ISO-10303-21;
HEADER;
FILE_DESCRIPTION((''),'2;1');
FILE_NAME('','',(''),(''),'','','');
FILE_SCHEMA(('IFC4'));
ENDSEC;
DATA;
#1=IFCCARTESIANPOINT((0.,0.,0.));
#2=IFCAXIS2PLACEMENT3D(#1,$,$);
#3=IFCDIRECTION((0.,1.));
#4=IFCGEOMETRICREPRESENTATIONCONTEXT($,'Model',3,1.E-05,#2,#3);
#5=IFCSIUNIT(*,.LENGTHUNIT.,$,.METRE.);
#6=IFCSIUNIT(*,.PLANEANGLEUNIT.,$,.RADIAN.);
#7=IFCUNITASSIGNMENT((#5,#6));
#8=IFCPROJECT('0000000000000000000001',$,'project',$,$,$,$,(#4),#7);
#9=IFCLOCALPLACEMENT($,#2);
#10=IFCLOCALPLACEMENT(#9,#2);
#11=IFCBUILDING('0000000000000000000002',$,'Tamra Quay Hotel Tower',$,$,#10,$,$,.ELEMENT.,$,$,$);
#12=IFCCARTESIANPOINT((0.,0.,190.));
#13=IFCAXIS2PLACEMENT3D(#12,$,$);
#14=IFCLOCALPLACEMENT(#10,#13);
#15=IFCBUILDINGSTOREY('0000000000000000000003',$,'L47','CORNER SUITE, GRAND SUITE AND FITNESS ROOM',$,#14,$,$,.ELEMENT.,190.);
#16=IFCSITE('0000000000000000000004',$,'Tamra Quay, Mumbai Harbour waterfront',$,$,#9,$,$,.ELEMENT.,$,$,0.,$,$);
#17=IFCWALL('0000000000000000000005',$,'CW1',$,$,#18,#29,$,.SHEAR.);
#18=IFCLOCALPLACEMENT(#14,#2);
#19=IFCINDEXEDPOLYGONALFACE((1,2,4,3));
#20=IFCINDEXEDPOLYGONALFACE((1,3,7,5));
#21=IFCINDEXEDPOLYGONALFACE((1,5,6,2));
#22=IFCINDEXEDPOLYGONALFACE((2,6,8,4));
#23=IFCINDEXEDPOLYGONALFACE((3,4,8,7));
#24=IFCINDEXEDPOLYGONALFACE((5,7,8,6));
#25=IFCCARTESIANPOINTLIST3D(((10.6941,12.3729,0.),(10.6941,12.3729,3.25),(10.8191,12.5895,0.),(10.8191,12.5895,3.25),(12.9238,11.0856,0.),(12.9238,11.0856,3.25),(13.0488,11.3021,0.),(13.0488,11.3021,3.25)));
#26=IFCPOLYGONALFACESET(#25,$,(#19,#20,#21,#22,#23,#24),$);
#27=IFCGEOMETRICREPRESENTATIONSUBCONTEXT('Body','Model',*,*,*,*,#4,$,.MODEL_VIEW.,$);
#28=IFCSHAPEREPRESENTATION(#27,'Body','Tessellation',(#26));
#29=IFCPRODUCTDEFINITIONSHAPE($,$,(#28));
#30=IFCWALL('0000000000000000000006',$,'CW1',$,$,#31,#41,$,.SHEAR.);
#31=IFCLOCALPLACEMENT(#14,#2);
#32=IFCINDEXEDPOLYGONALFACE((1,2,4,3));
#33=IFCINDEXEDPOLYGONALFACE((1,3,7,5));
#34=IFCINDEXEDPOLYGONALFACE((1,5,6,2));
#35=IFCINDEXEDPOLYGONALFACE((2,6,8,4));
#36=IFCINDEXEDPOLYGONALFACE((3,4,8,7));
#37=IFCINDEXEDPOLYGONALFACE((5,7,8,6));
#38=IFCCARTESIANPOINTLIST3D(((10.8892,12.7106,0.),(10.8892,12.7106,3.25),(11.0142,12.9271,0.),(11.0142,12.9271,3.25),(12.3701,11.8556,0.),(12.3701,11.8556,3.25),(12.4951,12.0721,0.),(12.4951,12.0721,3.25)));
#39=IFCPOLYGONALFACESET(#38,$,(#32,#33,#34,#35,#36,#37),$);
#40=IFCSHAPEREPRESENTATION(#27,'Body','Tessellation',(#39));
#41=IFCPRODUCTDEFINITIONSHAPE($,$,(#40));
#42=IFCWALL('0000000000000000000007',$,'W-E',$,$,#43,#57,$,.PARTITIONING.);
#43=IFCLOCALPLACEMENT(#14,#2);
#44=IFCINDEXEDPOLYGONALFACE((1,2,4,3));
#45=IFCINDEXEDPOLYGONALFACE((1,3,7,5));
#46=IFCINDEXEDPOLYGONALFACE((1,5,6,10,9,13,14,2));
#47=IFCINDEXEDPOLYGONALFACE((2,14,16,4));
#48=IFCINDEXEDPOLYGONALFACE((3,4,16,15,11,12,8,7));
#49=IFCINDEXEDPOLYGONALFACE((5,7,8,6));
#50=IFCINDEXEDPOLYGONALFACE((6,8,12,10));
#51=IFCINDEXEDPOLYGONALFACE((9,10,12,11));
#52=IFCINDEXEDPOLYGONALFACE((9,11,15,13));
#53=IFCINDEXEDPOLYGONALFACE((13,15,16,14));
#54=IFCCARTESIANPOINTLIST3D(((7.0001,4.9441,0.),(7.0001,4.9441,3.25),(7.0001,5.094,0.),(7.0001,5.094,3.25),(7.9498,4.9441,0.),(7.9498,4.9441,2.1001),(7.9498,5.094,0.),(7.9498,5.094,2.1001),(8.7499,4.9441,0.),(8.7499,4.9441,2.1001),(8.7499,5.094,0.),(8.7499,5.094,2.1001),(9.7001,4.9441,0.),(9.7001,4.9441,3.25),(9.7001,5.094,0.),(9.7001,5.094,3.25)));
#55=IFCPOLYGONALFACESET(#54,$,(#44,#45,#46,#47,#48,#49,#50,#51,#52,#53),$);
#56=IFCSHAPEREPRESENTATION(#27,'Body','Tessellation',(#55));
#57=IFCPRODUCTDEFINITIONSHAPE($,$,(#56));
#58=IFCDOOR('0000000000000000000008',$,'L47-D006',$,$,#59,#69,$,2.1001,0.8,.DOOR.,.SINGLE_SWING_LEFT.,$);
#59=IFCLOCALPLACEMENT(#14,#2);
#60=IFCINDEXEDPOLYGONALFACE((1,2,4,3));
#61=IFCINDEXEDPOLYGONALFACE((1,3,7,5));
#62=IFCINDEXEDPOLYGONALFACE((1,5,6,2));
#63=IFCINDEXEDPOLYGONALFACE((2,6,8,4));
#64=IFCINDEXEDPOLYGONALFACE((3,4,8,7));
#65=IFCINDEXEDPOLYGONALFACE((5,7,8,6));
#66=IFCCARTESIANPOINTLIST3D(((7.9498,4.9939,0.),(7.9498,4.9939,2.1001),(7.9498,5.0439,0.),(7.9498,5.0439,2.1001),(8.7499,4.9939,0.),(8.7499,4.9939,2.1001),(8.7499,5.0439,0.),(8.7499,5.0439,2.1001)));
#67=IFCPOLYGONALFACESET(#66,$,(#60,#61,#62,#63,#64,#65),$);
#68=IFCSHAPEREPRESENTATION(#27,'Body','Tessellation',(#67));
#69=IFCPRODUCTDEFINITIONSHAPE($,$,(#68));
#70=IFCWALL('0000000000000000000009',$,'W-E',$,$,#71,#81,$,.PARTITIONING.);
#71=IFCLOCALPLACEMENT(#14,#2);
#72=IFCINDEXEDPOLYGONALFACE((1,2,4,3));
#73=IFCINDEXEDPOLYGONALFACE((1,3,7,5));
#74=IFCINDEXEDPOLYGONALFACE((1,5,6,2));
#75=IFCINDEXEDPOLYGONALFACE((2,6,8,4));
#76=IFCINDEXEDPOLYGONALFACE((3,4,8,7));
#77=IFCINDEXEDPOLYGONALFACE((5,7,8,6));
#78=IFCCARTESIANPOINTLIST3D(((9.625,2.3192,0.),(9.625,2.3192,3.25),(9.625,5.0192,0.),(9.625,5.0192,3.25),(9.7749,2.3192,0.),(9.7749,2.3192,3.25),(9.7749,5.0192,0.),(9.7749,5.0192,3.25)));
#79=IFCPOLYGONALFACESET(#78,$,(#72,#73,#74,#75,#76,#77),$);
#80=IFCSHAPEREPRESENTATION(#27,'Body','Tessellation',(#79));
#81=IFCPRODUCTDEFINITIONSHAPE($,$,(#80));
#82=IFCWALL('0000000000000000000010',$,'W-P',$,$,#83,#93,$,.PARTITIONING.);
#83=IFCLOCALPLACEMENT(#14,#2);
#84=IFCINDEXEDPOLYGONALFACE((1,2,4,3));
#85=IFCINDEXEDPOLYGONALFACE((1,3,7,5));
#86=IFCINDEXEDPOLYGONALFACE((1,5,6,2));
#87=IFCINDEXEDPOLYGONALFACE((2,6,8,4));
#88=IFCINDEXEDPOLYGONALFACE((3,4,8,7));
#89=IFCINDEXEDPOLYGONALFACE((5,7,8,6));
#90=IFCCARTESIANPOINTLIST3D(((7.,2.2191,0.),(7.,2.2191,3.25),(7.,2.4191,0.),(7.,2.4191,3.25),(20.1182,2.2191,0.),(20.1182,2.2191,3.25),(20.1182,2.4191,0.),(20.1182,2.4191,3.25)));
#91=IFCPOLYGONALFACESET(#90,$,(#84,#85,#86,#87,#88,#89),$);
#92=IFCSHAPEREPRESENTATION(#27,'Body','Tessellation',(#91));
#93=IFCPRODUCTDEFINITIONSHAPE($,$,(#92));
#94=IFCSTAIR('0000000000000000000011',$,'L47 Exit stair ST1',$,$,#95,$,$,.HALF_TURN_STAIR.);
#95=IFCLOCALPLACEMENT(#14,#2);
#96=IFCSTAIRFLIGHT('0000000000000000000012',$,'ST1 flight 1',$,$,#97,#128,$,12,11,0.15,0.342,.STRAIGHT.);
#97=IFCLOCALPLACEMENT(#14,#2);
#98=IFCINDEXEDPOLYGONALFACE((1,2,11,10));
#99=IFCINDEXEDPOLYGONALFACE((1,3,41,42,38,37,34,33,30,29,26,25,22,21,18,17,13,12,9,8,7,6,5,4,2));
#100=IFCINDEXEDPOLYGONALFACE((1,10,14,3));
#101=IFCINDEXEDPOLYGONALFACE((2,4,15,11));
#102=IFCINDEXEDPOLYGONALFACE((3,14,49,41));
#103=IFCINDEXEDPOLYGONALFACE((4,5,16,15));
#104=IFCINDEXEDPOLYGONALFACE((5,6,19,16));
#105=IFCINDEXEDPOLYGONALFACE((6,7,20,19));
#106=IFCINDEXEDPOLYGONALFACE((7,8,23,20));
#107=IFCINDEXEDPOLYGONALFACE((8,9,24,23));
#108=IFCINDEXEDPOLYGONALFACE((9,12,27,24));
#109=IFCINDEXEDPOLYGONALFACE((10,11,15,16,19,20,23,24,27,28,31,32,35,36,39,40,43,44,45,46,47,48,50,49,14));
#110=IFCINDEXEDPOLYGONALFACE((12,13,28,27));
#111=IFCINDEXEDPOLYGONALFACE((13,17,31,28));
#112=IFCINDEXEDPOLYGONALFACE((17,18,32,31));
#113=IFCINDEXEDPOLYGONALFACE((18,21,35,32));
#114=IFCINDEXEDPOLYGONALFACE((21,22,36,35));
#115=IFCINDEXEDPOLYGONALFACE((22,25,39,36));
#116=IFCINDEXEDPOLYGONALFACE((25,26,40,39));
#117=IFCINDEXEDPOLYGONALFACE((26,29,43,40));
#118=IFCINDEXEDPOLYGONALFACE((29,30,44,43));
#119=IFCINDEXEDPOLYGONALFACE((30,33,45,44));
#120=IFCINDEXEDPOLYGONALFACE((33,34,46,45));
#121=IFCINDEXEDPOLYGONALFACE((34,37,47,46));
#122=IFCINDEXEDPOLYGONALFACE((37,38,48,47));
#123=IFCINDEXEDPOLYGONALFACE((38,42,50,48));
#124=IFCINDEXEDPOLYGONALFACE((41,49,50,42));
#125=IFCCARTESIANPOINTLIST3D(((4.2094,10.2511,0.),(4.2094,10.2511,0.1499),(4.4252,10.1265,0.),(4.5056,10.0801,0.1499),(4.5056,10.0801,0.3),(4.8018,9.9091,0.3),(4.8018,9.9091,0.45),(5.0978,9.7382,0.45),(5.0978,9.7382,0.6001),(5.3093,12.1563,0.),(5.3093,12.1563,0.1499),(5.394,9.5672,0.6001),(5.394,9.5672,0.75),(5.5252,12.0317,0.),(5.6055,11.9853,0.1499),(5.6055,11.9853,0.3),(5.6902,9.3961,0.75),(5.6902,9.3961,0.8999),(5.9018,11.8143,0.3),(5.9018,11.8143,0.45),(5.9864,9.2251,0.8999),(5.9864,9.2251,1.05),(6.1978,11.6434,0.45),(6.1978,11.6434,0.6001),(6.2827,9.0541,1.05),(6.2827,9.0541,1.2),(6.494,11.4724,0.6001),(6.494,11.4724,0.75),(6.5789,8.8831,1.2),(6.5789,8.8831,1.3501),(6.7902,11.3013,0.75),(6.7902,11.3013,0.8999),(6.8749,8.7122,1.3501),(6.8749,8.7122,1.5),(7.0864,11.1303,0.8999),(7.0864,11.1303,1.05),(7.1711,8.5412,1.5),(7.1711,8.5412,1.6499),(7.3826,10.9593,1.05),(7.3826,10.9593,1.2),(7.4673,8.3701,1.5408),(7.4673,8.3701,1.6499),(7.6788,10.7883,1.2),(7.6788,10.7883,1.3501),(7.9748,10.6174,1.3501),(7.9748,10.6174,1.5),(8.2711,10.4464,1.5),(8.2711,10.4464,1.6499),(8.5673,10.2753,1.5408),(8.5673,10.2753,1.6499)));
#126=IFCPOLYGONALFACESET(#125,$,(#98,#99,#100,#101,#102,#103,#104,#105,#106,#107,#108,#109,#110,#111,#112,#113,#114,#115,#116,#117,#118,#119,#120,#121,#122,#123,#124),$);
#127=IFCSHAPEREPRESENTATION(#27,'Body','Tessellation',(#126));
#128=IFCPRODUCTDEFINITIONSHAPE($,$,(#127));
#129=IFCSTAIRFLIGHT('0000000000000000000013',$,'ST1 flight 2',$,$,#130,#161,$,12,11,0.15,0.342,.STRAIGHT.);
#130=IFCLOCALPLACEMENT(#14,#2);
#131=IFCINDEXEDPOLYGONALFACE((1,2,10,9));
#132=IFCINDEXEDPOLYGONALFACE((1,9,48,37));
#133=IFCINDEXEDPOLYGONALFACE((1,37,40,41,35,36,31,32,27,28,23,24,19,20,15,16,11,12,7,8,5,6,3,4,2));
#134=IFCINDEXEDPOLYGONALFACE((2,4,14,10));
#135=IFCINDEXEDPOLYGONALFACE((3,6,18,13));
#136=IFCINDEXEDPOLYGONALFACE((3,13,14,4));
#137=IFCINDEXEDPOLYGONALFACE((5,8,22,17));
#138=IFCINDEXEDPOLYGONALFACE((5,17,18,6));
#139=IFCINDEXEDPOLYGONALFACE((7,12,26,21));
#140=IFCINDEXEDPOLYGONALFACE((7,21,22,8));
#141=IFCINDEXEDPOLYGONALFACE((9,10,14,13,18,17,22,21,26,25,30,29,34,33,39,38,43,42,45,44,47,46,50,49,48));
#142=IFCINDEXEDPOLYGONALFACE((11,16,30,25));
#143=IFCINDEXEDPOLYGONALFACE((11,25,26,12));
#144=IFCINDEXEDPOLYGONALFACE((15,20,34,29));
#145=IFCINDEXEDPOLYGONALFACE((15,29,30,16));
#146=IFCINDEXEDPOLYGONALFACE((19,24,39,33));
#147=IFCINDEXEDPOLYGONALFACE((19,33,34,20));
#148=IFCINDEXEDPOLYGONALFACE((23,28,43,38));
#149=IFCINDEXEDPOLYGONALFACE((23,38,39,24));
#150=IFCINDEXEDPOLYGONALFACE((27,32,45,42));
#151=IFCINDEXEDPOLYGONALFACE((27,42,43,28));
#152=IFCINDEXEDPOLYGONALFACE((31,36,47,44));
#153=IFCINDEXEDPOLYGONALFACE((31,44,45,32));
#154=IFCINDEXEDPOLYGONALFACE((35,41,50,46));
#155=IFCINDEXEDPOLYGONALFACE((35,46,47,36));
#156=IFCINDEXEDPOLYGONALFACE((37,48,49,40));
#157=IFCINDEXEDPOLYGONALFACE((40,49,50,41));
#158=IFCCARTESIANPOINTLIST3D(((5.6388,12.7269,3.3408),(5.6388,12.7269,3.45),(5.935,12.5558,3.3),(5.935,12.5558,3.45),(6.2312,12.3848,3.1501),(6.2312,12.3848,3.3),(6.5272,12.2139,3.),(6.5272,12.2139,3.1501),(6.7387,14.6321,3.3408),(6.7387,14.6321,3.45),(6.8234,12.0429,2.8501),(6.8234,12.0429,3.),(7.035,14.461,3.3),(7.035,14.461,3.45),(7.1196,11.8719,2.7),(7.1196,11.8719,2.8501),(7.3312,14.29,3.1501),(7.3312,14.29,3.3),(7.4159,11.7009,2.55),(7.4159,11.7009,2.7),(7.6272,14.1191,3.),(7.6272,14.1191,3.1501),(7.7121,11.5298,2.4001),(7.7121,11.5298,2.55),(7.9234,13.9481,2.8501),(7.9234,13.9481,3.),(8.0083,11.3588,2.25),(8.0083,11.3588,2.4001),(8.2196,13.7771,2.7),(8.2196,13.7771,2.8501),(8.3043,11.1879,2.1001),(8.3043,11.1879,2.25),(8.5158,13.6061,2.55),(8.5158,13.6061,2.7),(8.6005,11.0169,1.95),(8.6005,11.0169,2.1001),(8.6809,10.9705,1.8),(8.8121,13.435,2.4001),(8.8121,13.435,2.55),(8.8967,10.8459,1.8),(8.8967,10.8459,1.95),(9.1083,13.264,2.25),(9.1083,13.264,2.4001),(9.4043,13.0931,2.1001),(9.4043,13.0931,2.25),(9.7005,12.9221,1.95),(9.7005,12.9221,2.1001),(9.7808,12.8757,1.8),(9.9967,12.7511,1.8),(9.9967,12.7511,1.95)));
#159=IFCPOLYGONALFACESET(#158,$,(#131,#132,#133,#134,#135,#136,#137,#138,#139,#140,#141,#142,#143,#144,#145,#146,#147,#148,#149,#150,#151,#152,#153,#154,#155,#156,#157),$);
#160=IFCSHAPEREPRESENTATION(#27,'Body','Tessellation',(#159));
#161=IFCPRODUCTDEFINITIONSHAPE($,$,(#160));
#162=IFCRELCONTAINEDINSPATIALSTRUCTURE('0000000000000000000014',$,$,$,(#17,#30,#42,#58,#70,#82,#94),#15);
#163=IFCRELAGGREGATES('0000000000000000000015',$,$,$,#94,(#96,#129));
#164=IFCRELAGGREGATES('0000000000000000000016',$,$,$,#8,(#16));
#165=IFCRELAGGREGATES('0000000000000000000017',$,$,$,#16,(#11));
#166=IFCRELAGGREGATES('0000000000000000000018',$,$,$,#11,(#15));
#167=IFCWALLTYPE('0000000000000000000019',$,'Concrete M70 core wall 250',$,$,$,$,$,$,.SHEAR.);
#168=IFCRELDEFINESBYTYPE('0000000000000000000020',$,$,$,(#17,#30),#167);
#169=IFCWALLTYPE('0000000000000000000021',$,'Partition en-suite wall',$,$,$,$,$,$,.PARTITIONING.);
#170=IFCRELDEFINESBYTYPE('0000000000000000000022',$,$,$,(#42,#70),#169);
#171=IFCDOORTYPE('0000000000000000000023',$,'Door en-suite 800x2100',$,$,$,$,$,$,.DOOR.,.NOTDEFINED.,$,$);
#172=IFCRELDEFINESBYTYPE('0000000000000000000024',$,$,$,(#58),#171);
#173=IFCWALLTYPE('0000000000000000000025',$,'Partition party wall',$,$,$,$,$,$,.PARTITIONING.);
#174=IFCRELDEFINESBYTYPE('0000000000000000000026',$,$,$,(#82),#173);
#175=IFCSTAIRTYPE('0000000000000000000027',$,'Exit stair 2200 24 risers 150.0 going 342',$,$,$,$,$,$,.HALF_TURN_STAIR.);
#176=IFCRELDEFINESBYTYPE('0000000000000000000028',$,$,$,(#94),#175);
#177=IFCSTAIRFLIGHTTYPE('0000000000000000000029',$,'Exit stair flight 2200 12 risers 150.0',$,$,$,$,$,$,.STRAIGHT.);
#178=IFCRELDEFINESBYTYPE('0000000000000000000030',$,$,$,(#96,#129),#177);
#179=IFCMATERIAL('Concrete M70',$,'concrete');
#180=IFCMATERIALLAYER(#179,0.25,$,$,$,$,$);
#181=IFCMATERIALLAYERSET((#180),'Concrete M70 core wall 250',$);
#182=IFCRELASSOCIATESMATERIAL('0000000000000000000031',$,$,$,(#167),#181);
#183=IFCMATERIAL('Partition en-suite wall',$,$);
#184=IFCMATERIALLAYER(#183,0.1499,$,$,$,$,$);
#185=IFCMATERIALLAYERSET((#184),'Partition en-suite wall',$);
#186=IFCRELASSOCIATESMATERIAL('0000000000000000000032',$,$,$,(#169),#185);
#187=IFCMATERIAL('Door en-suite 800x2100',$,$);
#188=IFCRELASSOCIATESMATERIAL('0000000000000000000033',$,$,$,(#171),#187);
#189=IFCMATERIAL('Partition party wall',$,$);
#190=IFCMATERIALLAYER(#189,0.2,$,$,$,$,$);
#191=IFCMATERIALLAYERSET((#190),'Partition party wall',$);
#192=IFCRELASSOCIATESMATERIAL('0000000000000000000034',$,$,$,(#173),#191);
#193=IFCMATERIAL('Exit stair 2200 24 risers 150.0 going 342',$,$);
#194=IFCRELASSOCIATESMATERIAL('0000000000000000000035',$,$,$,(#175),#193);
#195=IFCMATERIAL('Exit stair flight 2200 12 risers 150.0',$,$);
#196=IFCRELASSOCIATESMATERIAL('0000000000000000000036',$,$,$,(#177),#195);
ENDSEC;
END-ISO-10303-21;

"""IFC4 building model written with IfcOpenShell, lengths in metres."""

from ifc_helpers import new_model, si_unit, direction, frame, frame_2d, origin, place, context, subcontext, project, spatial, polyline, rectangle, outline, extrude, material, layer, layer_set, type_object, element, fill, aggregate, save


model = new_model("IFC4")

# Units and contexts
model_context = context("Model", 3, precision=1e-05, world=origin(), true_north=direction((0.0, 1.0)))
body_context = subcontext(model_context, "Body", "Model", "MODEL_VIEW")
ifc_project = project(units=[si_unit("LENGTHUNIT", "METRE"), si_unit("PLANEANGLEUNIT", "RADIAN")], contexts=[model_context])

# Site, building, storey
site_placement = place(None, origin())
site = spatial("IfcSite", under=ifc_project, at=site_placement, Name="Tamra Quay, Mumbai Harbour waterfront", CompositionType="ELEMENT", RefElevation=0.0)
building_placement = place(site_placement, origin())
building = spatial("IfcBuilding", under=site, at=building_placement, Name="Tamra Quay Hotel Tower", CompositionType="ELEMENT")
storey_placement = place(building_placement, frame((0.0, 0.0, 190.0)))
storey = spatial("IfcBuildingStorey", under=building, at=storey_placement, Name="L47", Description="CORNER SUITE, GRAND SUITE AND FITNESS ROOM", CompositionType="ELEMENT", Elevation=190.0)

# Shared definitions
ifc_material_1 = material(Name="Concrete M70", Category="concrete")

# Shared definitions
ifc_layer_1 = layer(ifc_material_1, 0.25)
ifc_layer_set_1 = layer_set([ifc_layer_1], Name="Concrete M70 core wall 250")
wall_type_1 = type_object("IfcWallType", Name="Concrete M70 core wall 250", PredefinedType="SHEAR", material=ifc_layer_set_1)

# Walls
wall_1_placement = place(storey_placement, frame((10.7566, 12.4812, 0.0), z_axis=(0.0, 0.0, 1.0), x_axis=(0.866023, -0.500004, 0.0)))
element("IfcWall", 1, at=wall_1_placement, inside=storey, type_object=wall_type_1, Name="CW1", PredefinedType="SHEAR", context=body_context, shape_type="SweptSolid", body=[
    extrude(rectangle(XDim=2.5747, YDim=0.25, at=frame_2d((1.2874, 0.0))), origin(), (0.0, 0.0, 1.0), 3.25),
])
wall_2_placement = place(storey_placement, frame((12.4326, 11.9639, 0.0), z_axis=(0.0, 0.0, 1.0), x_axis=(-0.866038, 0.499978, 0.0)))
element("IfcWall", 2, at=wall_2_placement, inside=storey, type_object=wall_type_1, Name="CW1", PredefinedType="SHEAR", context=body_context, shape_type="SweptSolid", body=[
    extrude(rectangle(XDim=1.71, YDim=0.25, at=frame_2d((0.855, 0.0))), origin(), (0.0, 0.0, 1.0), 3.25),
])

# Wall, opening, door
ifc_material_2 = material(Name="Partition en-suite wall")
ifc_layer_2 = layer(ifc_material_2, 0.1499)
ifc_layer_set_2 = layer_set([ifc_layer_2], Name="Partition en-suite wall")
wall_type_2 = type_object("IfcWallType", Name="Partition en-suite wall", PredefinedType="PARTITIONING", material=ifc_layer_set_2)
wall_3_placement = place(storey_placement, frame((7.0, 5.019, 0.0), z_axis=(0.0, 0.0, 1.0), x_axis=(1.0, 0.0, 0.0)))
wall_3 = element("IfcWall", 3, at=wall_3_placement, inside=storey, type_object=wall_type_2, Name="W-E", PredefinedType="PARTITIONING", context=body_context, shape_type="SweptSolid", body=[
    extrude(rectangle(XDim=2.7, YDim=0.1499, at=frame_2d((1.3501, 0.0))), origin(), (0.0, 0.0, 1.0), 3.25),
])
opening_1_placement = place(wall_3_placement, frame((0.95, 0.0, 0.0)))
opening_1 = element("IfcOpeningElement", 4, at=opening_1_placement, cuts=wall_3, PredefinedType="OPENING", context=body_context, shape_type="SweptSolid", body=[
    extrude(rectangle(XDim=0.8, YDim=2.1001, at=frame_2d((0.3999, 1.05))), frame((0.0, 0.085, 0.0), z_axis=(0.0, -1.0, 0.0), x_axis=(1.0, 0.0, 0.0)), (0.0, 0.0, 1.0), 0.1699),
])
ifc_material_3 = material(Name="Door en-suite 800x2100")
door_type_1 = type_object("IfcDoorType", Name="Door en-suite 800x2100", OperationType="NOTDEFINED", PredefinedType="DOOR", material=ifc_material_3)
door_1_placement = place(opening_1_placement, origin())
door_1 = element("IfcDoor", 5, at=door_1_placement, inside=storey, type_object=door_type_1, Name="L47-D006", OperationType="SINGLE_SWING_LEFT", OverallHeight=2.1001, OverallWidth=0.8, PredefinedType="DOOR", context=body_context, shape_type="SweptSolid", body=[
    extrude(rectangle(XDim=0.8, YDim=2.1001, at=frame_2d((0.3999, 1.05))), frame((0.0, 0.0249, 0.0), z_axis=(0.0, -1.0, 0.0), x_axis=(1.0, 0.0, 0.0)), (0.0, 0.0, 1.0), 0.05),
])
fill(opening_1, door_1)

# Walls
wall_4_placement = place(storey_placement, frame((9.7, 2.3191, 0.0), z_axis=(0.0, 0.0, 1.0), x_axis=(0.0, 1.0, 0.0)))
element("IfcWall", 6, at=wall_4_placement, inside=storey, type_object=wall_type_2, Name="W-E", PredefinedType="PARTITIONING", context=body_context, shape_type="SweptSolid", body=[
    extrude(rectangle(XDim=2.7, YDim=0.1499, at=frame_2d((1.3501, 0.0))), origin(), (0.0, 0.0, 1.0), 3.25),
])
ifc_material_4 = material(Name="Partition party wall")
ifc_layer_3 = layer(ifc_material_4, 0.2)
ifc_layer_set_3 = layer_set([ifc_layer_3], Name="Partition party wall")
wall_type_3 = type_object("IfcWallType", Name="Partition party wall", PredefinedType="PARTITIONING", material=ifc_layer_set_3)
wall_5_placement = place(storey_placement, frame((7.0, 2.3191, 0.0), z_axis=(0.0, 0.0, 1.0), x_axis=(1.0, 0.0, 0.0)))
element("IfcWall", 7, at=wall_5_placement, inside=storey, type_object=wall_type_3, Name="W-P", PredefinedType="PARTITIONING", context=body_context, shape_type="SweptSolid", body=[
    extrude(rectangle(XDim=13.1182, YDim=0.2, at=frame_2d((6.5591, 0.0))), origin(), (0.0, 0.0, 1.0), 3.25),
])

# Stair, stair flights
ifc_material_5 = material(Name="Exit stair 2200 24 risers 150.0 going 342")
stair_type = type_object("IfcStairType", Name="Exit stair 2200 24 risers 150.0 going 342", PredefinedType="HALF_TURN_STAIR", material=ifc_material_5)
stair_placement = place(storey_placement, origin())
stair = element("IfcStair", 8, at=stair_placement, inside=storey, type_object=stair_type, Name="L47 Exit stair ST1", PredefinedType="HALF_TURN_STAIR")
ifc_material_6 = material(Name="Exit stair flight 2200 12 risers 150.0")
stair_flight_type = type_object("IfcStairFlightType", Name="Exit stair flight 2200 12 risers 150.0", PredefinedType="STRAIGHT", material=ifc_material_6)
stair_flight_1_placement = place(storey_placement, frame((4.7593, 11.2036, 0.0), z_axis=(0.0, 0.0, 1.0), x_axis=(0.866025, -0.5, 0.0)))
stair_flight_1 = element("IfcStairFlight", 9, at=stair_flight_1_placement, type_object=stair_flight_type, Name="ST1 flight 1", NumberOfRisers=12, NumberOfTreads=11, PredefinedType="STRAIGHT", RiserHeight=0.15, TreadLength=0.342, context=body_context, shape_type="SweptSolid", body=[
    extrude(outline(polyline([(0.0, 0.0), (0.0, 0.1499), (0.342, 0.1499), (0.342, 0.3), (0.6841, 0.3), (0.6841, 0.45), (1.0259, 0.45), (1.0259, 0.6001), (1.3679, 0.6001), (1.3679, 0.75), (1.71, 0.75), (1.71, 0.8999), (2.052, 0.8999), (2.052, 1.05), (2.394, 1.05), (2.394, 1.2), (2.7361, 1.2), (2.7361, 1.3501), (3.0779, 1.3501), (3.0779, 1.5), (3.4199, 1.5), (3.4199, 1.6499), (3.762, 1.6499), (3.762, 1.8), (3.762, 1.5408), (0.2493, 0.0), (0.0, 0.0)])), frame((0.0, 1.1001, 0.0), z_axis=(0.0, -1.0, 0.0), x_axis=(1.0, 0.0, 0.0)), (0.0, 0.0, 1.0), 2.2),
])
stair_flight_2_placement = place(storey_placement, frame((9.4468, 11.7986, 1.8), z_axis=(0.0, 0.0, 1.0), x_axis=(-0.866025, 0.5, 0.0)))
stair_flight_2 = element("IfcStairFlight", 10, at=stair_flight_2_placement, type_object=stair_flight_type, Name="ST1 flight 2", NumberOfRisers=12, NumberOfTreads=11, PredefinedType="STRAIGHT", RiserHeight=0.15, TreadLength=0.342, context=body_context, shape_type="SweptSolid", body=[
    extrude(outline(polyline([(0.0, 0.0), (0.0, 0.1499), (0.342, 0.1499), (0.342, 0.3), (0.6841, 0.3), (0.6841, 0.45), (1.0259, 0.45), (1.0259, 0.6001), (1.3679, 0.6001), (1.3679, 0.75), (1.71, 0.75), (1.71, 0.8999), (2.052, 0.8999), (2.052, 1.05), (2.394, 1.05), (2.394, 1.2), (2.7361, 1.2), (2.7361, 1.3501), (3.0779, 1.3501), (3.0779, 1.5), (3.4199, 1.5), (3.4199, 1.6499), (3.762, 1.6499), (3.762, 1.8), (3.762, 1.5408), (0.2493, 0.0), (0.0, 0.0)])), frame((0.0, 1.1001, 0.0), z_axis=(0.0, -1.0, 0.0), x_axis=(1.0, 0.0, 0.0)), (0.0, 0.0, 1.0), 2.2),
])
aggregate(stair, [stair_flight_1, stair_flight_2])

save(model, "model.ifc")
